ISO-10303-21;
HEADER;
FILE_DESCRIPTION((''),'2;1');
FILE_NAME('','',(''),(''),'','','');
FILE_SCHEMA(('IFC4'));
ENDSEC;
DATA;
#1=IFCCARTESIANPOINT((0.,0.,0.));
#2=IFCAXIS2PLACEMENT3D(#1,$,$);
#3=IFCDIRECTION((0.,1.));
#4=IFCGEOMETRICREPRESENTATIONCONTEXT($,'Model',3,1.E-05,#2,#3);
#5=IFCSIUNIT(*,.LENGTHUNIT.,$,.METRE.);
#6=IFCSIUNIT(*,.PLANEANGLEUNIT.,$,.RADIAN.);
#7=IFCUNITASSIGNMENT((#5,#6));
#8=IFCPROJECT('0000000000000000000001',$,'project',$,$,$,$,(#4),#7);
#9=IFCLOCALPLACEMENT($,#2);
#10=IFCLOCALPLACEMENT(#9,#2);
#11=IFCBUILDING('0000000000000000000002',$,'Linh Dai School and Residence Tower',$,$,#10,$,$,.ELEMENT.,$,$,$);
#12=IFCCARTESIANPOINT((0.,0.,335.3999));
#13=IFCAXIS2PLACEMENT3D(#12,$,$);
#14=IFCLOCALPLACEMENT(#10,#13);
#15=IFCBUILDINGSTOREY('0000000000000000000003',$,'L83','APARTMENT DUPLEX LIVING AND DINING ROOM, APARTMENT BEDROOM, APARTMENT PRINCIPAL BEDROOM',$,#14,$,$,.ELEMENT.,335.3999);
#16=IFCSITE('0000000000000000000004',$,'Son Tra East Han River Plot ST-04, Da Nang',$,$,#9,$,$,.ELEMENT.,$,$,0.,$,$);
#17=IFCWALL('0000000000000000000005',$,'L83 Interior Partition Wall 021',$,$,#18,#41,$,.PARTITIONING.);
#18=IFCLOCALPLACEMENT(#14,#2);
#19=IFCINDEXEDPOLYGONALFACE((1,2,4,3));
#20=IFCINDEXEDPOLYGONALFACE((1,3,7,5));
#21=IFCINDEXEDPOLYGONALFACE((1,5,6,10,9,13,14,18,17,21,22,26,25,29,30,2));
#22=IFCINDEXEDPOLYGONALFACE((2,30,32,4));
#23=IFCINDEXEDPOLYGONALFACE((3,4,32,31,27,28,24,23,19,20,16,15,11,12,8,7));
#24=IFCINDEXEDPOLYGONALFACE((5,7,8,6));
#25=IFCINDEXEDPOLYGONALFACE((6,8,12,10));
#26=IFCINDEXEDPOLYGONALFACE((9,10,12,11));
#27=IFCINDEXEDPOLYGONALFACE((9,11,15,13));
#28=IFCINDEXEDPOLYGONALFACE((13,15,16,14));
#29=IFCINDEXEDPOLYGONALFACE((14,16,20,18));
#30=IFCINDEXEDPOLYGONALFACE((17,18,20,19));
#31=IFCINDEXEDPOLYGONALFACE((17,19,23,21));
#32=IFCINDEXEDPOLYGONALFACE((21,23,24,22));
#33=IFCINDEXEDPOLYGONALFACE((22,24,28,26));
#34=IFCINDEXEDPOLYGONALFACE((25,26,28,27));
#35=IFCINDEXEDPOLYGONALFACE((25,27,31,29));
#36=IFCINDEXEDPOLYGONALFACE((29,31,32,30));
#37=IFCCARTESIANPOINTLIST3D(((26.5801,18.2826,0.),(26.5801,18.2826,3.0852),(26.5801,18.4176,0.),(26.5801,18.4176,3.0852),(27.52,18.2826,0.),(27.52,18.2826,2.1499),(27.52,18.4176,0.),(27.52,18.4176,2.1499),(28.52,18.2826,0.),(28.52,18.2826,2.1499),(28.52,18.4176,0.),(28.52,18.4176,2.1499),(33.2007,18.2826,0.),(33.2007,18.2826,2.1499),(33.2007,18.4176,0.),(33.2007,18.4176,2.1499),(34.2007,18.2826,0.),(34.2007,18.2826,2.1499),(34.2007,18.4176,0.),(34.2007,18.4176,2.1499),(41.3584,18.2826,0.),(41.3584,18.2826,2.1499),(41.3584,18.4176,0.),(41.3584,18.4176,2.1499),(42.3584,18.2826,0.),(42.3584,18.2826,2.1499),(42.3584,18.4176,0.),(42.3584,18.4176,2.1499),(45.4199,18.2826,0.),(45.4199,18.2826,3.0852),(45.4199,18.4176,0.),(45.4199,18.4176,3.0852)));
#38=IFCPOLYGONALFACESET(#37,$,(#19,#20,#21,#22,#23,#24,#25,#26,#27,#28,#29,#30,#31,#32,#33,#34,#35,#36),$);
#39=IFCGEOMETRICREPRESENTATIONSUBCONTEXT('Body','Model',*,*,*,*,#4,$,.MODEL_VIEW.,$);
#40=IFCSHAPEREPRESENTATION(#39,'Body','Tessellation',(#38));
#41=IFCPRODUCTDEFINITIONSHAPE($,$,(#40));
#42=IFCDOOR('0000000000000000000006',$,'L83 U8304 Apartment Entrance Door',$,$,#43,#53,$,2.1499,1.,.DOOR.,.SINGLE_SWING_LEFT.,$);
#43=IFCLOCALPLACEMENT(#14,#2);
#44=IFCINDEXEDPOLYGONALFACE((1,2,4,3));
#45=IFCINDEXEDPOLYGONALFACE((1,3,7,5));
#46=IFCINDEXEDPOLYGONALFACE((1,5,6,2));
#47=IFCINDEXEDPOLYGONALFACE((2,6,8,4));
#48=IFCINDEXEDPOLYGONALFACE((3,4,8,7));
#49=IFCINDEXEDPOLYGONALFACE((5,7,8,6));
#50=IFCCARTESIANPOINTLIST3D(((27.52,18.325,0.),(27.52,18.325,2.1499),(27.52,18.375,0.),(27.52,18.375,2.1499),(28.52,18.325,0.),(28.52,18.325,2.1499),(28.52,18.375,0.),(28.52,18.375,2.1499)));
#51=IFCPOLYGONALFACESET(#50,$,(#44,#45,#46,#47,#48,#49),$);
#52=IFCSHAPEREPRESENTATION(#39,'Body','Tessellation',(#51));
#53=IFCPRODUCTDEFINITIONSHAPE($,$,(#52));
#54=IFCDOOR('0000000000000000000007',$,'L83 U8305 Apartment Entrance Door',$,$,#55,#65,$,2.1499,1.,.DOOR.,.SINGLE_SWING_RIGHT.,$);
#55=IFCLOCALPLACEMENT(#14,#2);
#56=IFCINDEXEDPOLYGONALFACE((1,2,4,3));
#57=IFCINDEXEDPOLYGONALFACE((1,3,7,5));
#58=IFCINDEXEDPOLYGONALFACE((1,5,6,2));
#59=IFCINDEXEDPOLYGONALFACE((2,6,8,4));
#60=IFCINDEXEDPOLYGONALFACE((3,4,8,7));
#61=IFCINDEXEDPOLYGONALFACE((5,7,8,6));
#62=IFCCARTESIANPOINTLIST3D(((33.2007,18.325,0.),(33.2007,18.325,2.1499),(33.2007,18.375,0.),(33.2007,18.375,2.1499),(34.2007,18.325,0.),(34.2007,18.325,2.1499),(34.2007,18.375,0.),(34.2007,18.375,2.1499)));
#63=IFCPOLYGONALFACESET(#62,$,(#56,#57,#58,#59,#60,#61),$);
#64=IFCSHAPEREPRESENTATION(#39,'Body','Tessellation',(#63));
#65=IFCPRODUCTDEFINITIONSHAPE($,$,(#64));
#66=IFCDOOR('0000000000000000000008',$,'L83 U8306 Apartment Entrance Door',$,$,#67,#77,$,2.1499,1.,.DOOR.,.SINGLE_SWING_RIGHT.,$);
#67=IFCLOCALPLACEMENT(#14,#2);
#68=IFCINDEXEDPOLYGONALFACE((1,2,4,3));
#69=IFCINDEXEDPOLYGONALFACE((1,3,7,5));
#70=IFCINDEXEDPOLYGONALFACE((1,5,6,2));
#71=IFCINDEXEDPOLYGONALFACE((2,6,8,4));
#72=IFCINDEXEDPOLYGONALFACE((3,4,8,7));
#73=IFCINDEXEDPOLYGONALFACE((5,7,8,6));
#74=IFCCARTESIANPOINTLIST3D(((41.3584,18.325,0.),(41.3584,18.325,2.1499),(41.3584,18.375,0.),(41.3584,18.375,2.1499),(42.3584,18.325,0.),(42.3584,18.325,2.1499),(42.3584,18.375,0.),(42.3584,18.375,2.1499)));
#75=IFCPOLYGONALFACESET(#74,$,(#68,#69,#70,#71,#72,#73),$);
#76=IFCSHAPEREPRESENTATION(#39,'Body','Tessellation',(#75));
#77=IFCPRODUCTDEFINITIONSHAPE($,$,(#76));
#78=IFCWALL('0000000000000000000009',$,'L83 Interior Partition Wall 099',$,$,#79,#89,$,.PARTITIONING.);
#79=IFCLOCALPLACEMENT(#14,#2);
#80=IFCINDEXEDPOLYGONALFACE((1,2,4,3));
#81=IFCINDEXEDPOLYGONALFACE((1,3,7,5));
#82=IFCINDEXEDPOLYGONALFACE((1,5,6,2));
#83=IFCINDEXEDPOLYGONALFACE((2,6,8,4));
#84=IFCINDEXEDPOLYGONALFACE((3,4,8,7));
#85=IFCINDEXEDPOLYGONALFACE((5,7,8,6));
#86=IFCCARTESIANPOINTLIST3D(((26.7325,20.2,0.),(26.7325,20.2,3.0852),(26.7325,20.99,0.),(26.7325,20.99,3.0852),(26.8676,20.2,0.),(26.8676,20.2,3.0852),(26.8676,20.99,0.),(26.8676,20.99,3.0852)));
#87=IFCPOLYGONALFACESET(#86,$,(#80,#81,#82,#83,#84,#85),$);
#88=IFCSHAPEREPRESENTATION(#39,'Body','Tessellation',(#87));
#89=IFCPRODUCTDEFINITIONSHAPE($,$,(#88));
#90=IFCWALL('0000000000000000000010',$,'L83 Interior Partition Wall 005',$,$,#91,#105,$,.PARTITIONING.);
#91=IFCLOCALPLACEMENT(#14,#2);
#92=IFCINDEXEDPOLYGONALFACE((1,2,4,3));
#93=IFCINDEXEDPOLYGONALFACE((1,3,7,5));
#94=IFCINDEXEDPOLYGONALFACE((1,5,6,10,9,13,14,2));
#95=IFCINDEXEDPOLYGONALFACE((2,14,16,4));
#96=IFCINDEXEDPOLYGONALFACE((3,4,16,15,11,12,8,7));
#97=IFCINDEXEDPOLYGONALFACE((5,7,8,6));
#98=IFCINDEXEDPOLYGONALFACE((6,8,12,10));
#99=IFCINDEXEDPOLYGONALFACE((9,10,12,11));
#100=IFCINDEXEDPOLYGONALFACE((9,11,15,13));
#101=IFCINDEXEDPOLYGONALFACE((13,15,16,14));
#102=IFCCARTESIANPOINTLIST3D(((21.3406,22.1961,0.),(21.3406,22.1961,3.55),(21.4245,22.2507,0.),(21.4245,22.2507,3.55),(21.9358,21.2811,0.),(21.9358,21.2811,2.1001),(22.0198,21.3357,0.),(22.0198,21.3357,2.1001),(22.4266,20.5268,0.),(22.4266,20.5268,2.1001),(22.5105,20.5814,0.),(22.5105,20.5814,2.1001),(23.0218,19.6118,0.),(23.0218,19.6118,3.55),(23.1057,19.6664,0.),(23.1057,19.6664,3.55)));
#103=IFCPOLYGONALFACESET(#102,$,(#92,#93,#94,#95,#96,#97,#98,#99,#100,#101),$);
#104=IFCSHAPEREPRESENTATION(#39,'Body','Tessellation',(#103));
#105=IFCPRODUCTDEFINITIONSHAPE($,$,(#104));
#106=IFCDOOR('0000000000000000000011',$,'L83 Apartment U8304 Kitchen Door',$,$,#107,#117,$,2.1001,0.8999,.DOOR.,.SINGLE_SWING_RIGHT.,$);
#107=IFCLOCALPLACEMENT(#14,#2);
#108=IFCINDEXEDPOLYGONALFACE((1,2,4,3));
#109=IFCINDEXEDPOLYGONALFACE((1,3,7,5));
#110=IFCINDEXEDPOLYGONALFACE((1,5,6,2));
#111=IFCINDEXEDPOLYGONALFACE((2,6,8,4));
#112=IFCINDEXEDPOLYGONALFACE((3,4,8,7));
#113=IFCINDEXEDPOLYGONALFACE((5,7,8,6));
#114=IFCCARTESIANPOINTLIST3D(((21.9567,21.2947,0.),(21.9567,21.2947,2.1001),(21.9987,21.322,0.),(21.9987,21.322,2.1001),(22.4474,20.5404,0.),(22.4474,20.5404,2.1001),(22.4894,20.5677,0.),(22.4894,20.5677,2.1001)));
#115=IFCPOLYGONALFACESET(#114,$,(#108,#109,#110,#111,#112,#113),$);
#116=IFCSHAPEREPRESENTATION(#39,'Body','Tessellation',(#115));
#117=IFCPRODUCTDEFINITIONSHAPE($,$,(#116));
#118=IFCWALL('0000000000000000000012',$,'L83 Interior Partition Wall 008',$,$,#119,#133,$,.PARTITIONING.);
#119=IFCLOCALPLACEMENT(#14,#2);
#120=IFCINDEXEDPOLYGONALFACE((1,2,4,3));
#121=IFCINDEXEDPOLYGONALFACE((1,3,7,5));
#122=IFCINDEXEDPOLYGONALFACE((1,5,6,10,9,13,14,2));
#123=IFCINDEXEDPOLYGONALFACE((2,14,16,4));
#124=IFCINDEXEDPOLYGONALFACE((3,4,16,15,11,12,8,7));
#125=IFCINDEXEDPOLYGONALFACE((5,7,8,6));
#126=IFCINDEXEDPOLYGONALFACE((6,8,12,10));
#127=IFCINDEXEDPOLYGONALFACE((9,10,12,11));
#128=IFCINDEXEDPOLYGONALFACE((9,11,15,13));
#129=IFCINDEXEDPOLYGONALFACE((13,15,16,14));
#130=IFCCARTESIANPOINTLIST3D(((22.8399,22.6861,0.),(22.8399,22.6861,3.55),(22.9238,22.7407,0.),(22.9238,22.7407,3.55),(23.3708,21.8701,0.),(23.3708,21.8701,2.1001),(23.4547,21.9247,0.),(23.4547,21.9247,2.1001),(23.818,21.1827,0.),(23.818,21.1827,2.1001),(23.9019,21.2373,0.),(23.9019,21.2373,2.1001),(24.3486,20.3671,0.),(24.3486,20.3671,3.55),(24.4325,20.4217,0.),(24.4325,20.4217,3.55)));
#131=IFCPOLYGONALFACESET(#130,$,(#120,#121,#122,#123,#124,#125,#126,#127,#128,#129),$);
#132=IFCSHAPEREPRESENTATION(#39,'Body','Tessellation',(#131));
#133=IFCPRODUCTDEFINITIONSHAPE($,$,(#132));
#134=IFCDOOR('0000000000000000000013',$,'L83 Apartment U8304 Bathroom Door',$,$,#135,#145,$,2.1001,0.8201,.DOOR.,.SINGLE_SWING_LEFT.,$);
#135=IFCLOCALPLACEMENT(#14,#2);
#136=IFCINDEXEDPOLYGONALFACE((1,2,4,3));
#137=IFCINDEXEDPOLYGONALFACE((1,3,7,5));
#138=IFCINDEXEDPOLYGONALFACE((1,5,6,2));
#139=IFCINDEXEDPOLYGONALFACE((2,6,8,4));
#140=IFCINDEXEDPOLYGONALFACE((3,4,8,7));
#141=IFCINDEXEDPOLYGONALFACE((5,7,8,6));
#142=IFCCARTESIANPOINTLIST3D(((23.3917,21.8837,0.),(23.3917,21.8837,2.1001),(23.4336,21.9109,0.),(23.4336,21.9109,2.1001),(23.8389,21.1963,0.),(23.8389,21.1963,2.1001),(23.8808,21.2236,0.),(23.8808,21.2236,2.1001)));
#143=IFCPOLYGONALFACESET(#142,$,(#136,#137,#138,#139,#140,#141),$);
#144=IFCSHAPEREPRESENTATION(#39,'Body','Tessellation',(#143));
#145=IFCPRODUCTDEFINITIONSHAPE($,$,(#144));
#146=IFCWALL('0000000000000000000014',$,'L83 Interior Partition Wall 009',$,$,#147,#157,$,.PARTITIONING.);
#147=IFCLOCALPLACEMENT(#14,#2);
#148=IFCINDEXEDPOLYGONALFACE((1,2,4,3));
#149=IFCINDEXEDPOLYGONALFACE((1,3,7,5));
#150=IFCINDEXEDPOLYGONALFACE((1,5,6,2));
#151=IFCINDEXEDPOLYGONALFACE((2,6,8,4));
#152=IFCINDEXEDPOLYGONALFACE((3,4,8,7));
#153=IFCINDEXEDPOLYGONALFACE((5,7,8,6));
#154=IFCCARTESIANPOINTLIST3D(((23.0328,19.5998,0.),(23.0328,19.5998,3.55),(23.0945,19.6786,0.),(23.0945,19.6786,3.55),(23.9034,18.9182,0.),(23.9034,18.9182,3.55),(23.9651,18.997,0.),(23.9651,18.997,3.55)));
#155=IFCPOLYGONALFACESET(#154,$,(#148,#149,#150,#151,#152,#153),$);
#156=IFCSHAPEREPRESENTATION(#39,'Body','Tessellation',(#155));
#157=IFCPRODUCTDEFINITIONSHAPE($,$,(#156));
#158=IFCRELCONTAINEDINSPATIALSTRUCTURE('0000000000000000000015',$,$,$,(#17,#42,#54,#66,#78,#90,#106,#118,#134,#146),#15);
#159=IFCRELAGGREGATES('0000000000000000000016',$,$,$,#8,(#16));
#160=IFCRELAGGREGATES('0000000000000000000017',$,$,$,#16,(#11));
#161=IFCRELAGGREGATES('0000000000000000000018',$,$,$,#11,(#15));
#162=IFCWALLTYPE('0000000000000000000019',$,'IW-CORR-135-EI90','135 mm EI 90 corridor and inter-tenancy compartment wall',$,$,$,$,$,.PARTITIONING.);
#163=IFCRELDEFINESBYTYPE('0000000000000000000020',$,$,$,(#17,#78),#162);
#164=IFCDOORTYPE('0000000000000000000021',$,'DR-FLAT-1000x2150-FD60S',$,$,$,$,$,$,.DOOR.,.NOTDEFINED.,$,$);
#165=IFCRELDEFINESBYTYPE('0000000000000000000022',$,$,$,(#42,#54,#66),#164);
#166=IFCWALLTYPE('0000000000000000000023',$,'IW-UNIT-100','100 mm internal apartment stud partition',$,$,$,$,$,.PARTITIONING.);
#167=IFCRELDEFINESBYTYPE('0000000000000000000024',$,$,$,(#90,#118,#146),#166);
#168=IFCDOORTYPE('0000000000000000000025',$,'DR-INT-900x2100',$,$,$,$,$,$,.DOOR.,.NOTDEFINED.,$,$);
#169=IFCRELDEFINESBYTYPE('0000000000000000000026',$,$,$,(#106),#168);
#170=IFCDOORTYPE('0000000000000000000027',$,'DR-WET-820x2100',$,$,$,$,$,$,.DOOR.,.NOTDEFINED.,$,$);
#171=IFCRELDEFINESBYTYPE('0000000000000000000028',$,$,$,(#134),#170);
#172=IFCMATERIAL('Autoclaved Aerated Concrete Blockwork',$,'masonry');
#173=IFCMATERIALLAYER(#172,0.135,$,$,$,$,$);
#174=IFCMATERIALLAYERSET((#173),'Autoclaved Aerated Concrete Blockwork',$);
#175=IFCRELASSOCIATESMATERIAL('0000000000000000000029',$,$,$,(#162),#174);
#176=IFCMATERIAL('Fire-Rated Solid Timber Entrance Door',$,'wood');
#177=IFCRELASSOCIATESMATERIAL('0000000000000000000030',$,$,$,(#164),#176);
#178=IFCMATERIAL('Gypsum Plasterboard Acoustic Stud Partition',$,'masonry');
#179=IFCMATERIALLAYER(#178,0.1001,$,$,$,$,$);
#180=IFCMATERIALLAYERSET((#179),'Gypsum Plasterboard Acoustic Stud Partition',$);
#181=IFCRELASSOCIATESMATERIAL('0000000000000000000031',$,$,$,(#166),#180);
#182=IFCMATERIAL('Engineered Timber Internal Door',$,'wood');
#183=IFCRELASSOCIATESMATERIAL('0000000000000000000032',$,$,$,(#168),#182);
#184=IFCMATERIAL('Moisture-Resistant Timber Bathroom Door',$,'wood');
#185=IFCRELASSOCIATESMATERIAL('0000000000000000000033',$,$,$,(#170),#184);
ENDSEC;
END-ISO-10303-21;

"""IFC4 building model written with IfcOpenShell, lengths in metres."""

from ifc_helpers import new_model, si_unit, direction, frame, frame_2d, origin, origin_2d, place, context, subcontext, project, spatial, rectangle, extrude, source, transform, mapped, material, layer, layer_set, type_object, element, fill, save


model = new_model("IFC4")

# Units and contexts
model_context = context("Model", 3, precision=1e-05, world=origin(), true_north=direction((0.0, 1.0)))
body_context = subcontext(model_context, "Body", "Model", "MODEL_VIEW")
ifc_project = project(units=[si_unit("LENGTHUNIT", "METRE"), si_unit("PLANEANGLEUNIT", "RADIAN")], contexts=[model_context])

# Site, building, storey
site_placement = place(None, origin())
site = spatial("IfcSite", under=ifc_project, at=site_placement, Name="Son Tra East Han River Plot ST-04, Da Nang", CompositionType="ELEMENT", RefElevation=0.0)
building_placement = place(site_placement, origin())
building = spatial("IfcBuilding", under=site, at=building_placement, Name="Linh Dai School and Residence Tower", CompositionType="ELEMENT")
storey_placement = place(building_placement, frame((0.0, 0.0, 335.3999)))
storey = spatial("IfcBuildingStorey", under=building, at=storey_placement, Name="L83", Description="APARTMENT DUPLEX LIVING AND DINING ROOM, APARTMENT BEDROOM, APARTMENT PRINCIPAL BEDROOM", CompositionType="ELEMENT", Elevation=335.3999)

# Shared definitions
ifc_material_1 = material(Name="Autoclaved Aerated Concrete Blockwork", Category="masonry")
ifc_layer_1 = layer(ifc_material_1, 0.135)
ifc_layer_set_1 = layer_set([ifc_layer_1], Name="Autoclaved Aerated Concrete Blockwork")
wall_type_1 = type_object("IfcWallType", Name="IW-CORR-135-EI90", Description="135 mm EI 90 corridor and inter-tenancy compartment wall", PredefinedType="PARTITIONING", material=ifc_layer_set_1)

# Wall, openings, doors
wall_1_placement = place(storey_placement, frame((26.5801, 18.3501, 0.0), z_axis=(0.0, 0.0, 1.0), x_axis=(1.0, 0.0, 0.0)))
wall_1 = element("IfcWall", 1, at=wall_1_placement, inside=storey, type_object=wall_type_1, Name="L83 Interior Partition Wall 021", PredefinedType="PARTITIONING", context=body_context, shape_type="SweptSolid", body=[
    extrude(rectangle(XDim=18.8398, YDim=0.135, at=frame_2d((9.4199, 0.0))), origin(), (0.0, 0.0, 1.0), 3.0852),
])
opening_1_placement = place(wall_1_placement, frame((0.9399, 0.0, 0.0)))
opening_1 = element("IfcOpeningElement", 2, at=opening_1_placement, cuts=wall_1, PredefinedType="OPENING", context=body_context, shape_type="SweptSolid", body=[
    extrude(rectangle(XDim=1.0, YDim=2.1499, at=origin_2d()), frame((0.5, 0.0776, 1.075), z_axis=(0.0, -1.0, 0.0), x_axis=(1.0, 0.0, 0.0)), (0.0, 0.0, 1.0), 0.155),
])
opening_2_placement = place(wall_1_placement, frame((6.6206, 0.0, 0.0)))
opening_2 = element("IfcOpeningElement", 3, at=opening_2_placement, cuts=wall_1, PredefinedType="OPENING", context=body_context, shape_type="SweptSolid", body=[
    extrude(rectangle(XDim=1.0, YDim=2.1499, at=origin_2d()), frame((0.5, 0.0776, 1.075), z_axis=(0.0, -1.0, 0.0), x_axis=(1.0, 0.0, 0.0)), (0.0, 0.0, 1.0), 0.155),
])
opening_3_placement = place(wall_1_placement, frame((14.7783, 0.0, 0.0)))
opening_3 = element("IfcOpeningElement", 4, at=opening_3_placement, cuts=wall_1, PredefinedType="OPENING", context=body_context, shape_type="SweptSolid", body=[
    extrude(rectangle(XDim=1.0, YDim=2.1499, at=origin_2d()), frame((0.5, 0.0776, 1.075), z_axis=(0.0, -1.0, 0.0), x_axis=(1.0, 0.0, 0.0)), (0.0, 0.0, 1.0), 0.155),
])
ifc_material_2 = material(Name="Fire-Rated Solid Timber Entrance Door", Category="wood")
door_type_1 = type_object("IfcDoorType", Name="DR-FLAT-1000x2150-FD60S", OperationType="NOTDEFINED", PredefinedType="DOOR", material=ifc_material_2)
shared_shape_1 = source(origin(), body_context, "Body", "SweptSolid", [
    extrude(rectangle(XDim=1.0, YDim=2.1499, at=origin_2d()), frame((0.5, 0.0249, 1.075), z_axis=(0.0, -1.0, 0.0), x_axis=(1.0, 0.0, 0.0)), (0.0, 0.0, 1.0), 0.05),
])
door_1_placement = place(opening_1_placement, origin())
door_1 = element("IfcDoor", 5, at=door_1_placement, inside=storey, type_object=door_type_1, Name="L83 U8304 Apartment Entrance Door", OperationType="SINGLE_SWING_LEFT", OverallHeight=2.1499, OverallWidth=1.0, PredefinedType="DOOR", context=body_context, shape_type="MappedRepresentation", body=[
    mapped(shared_shape_1, transform((0.0, 0.0, 0.0), x_axis=(1.0, 0.0, 0.0), y_axis=(0.0, 1.0, 0.0), z_axis=(0.0, 0.0, 1.0), scale=1.0)),
])
fill(opening_1, door_1)
door_2_placement = place(opening_2_placement, origin())
door_2 = element("IfcDoor", 6, at=door_2_placement, inside=storey, type_object=door_type_1, Name="L83 U8305 Apartment Entrance Door", OperationType="SINGLE_SWING_RIGHT", OverallHeight=2.1499, OverallWidth=1.0, PredefinedType="DOOR", context=body_context, shape_type="MappedRepresentation", body=[
    mapped(shared_shape_1, transform((0.0, 0.0, 0.0), x_axis=(1.0, 0.0, 0.0), y_axis=(0.0, 1.0, 0.0), z_axis=(0.0, 0.0, 1.0), scale=1.0)),
])
fill(opening_2, door_2)
door_3_placement = place(opening_3_placement, origin())
door_3 = element("IfcDoor", 7, at=door_3_placement, inside=storey, type_object=door_type_1, Name="L83 U8306 Apartment Entrance Door", OperationType="SINGLE_SWING_RIGHT", OverallHeight=2.1499, OverallWidth=1.0, PredefinedType="DOOR", context=body_context, shape_type="MappedRepresentation", body=[
    mapped(shared_shape_1, transform((0.0, 0.0, 0.0), x_axis=(1.0, 0.0, 0.0), y_axis=(0.0, 1.0, 0.0), z_axis=(0.0, 0.0, 1.0), scale=1.0)),
])
fill(opening_3, door_3)

# Wall
wall_2_placement = place(storey_placement, frame((26.8, 20.99, 0.0), z_axis=(0.0, 0.0, 1.0), x_axis=(0.0, -1.0, 0.0)))
element("IfcWall", 8, at=wall_2_placement, inside=storey, type_object=wall_type_1, Name="L83 Interior Partition Wall 099", PredefinedType="PARTITIONING", context=body_context, shape_type="SweptSolid", body=[
    extrude(rectangle(XDim=0.79, YDim=0.135, at=frame_2d((0.395, 0.0))), origin(), (0.0, 0.0, 1.0), 3.0852),
])

# Walls, openings, doors
ifc_material_3 = material(Name="Gypsum Plasterboard Acoustic Stud Partition", Category="masonry")
ifc_layer_2 = layer(ifc_material_3, 0.1001)
ifc_layer_set_2 = layer_set([ifc_layer_2], Name="Gypsum Plasterboard Acoustic Stud Partition")
wall_type_2 = type_object("IfcWallType", Name="IW-UNIT-100", Description="100 mm internal apartment stud partition", PredefinedType="PARTITIONING", material=ifc_layer_set_2)
wall_3_placement = place(storey_placement, frame((21.3826, 22.2234, 0.0), z_axis=(0.0, 0.0, 1.0), x_axis=(0.545308, -0.838235, 0.0)))
wall_3 = element("IfcWall", 9, at=wall_3_placement, inside=storey, type_object=wall_type_2, Name="L83 Interior Partition Wall 005", PredefinedType="PARTITIONING", context=body_context, shape_type="SweptSolid", body=[
    extrude(rectangle(XDim=3.083, YDim=0.1001, at=frame_2d((1.5415, 0.0))), origin(), (0.0, 0.0, 1.0), 3.55),
])
opening_4_placement = place(wall_3_placement, frame((1.0916, 0.0, 0.0)))
opening_4 = element("IfcOpeningElement", 10, at=opening_4_placement, cuts=wall_3, PredefinedType="OPENING", context=body_context, shape_type="SweptSolid", body=[
    extrude(rectangle(XDim=0.8999, YDim=2.1001, at=origin_2d()), frame((0.45, 0.0601, 1.05), z_axis=(0.0, -1.0, 0.0), x_axis=(1.0, 0.0, 0.0)), (0.0, 0.0, 1.0), 0.1201),
])
ifc_material_4 = material(Name="Engineered Timber Internal Door", Category="wood")
door_type_2 = type_object("IfcDoorType", Name="DR-INT-900x2100", OperationType="NOTDEFINED", PredefinedType="DOOR", material=ifc_material_4)
shared_shape_2 = source(origin(), body_context, "Body", "SweptSolid", [
    extrude(rectangle(XDim=0.8999, YDim=2.1001, at=origin_2d()), frame((0.45, 0.0249, 1.05), z_axis=(0.0, -1.0, 0.0), x_axis=(1.0, 0.0, 0.0)), (0.0, 0.0, 1.0), 0.05),
])
door_4_placement = place(opening_4_placement, origin())
door_4 = element("IfcDoor", 11, at=door_4_placement, inside=storey, type_object=door_type_2, Name="L83 Apartment U8304 Kitchen Door", OperationType="SINGLE_SWING_RIGHT", OverallHeight=2.1001, OverallWidth=0.8999, PredefinedType="DOOR", context=body_context, shape_type="MappedRepresentation", body=[
    mapped(shared_shape_2, transform((0.0, 0.0, 0.0), x_axis=(1.0, 0.0, 0.0), y_axis=(0.0, 1.0, 0.0), z_axis=(0.0, 0.0, 1.0), scale=1.0)),
])
fill(opening_4, door_4)
wall_4_placement = place(storey_placement, frame((22.8818, 22.7134, 0.0), z_axis=(0.0, 0.0, 1.0), x_axis=(0.545339, -0.838216, 0.0)))
wall_4 = element("IfcWall", 12, at=wall_4_placement, inside=storey, type_object=wall_type_2, Name="L83 Interior Partition Wall 008", PredefinedType="PARTITIONING", context=body_context, shape_type="SweptSolid", body=[
    extrude(rectangle(XDim=2.7666, YDim=0.1001, at=frame_2d((1.3833, 0.0))), origin(), (0.0, 0.0, 1.0), 3.55),
])
opening_5_placement = place(wall_4_placement, frame((0.9734, 0.0, 0.0)))
opening_5 = element("IfcOpeningElement", 13, at=opening_5_placement, cuts=wall_4, PredefinedType="OPENING", context=body_context, shape_type="SweptSolid", body=[
    extrude(rectangle(XDim=0.8201, YDim=2.1001, at=origin_2d()), frame((0.4102, 0.0601, 1.05), z_axis=(0.0, -1.0, 0.0), x_axis=(1.0, 0.0, 0.0)), (0.0, 0.0, 1.0), 0.1201),
])
ifc_material_5 = material(Name="Moisture-Resistant Timber Bathroom Door", Category="wood")
door_type_3 = type_object("IfcDoorType", Name="DR-WET-820x2100", OperationType="NOTDEFINED", PredefinedType="DOOR", material=ifc_material_5)
shared_shape_3 = source(origin(), body_context, "Body", "SweptSolid", [
    extrude(rectangle(XDim=0.8201, YDim=2.1001, at=origin_2d()), frame((0.4102, 0.0249, 1.05), z_axis=(0.0, -1.0, 0.0), x_axis=(1.0, 0.0, 0.0)), (0.0, 0.0, 1.0), 0.05),
])
door_5_placement = place(opening_5_placement, origin())
door_5 = element("IfcDoor", 14, at=door_5_placement, inside=storey, type_object=door_type_3, Name="L83 Apartment U8304 Bathroom Door", OperationType="SINGLE_SWING_LEFT", OverallHeight=2.1001, OverallWidth=0.8201, PredefinedType="DOOR", context=body_context, shape_type="MappedRepresentation", body=[
    mapped(shared_shape_3, transform((0.0, 0.0, 0.0), x_axis=(1.0, 0.0, 0.0), y_axis=(0.0, 1.0, 0.0), z_axis=(0.0, 0.0, 1.0), scale=1.0)),
])
fill(opening_5, door_5)

# Wall
wall_5_placement = place(storey_placement, frame((23.0637, 19.6392, 0.0), z_axis=(0.0, 0.0, 1.0), x_axis=(0.787375, -0.616475, 0.0)))
element("IfcWall", 15, at=wall_5_placement, inside=storey, type_object=wall_type_2, Name="L83 Interior Partition Wall 009", PredefinedType="PARTITIONING", context=body_context, shape_type="SweptSolid", body=[
    extrude(rectangle(XDim=1.1057, YDim=0.1001, at=frame_2d((0.5527, 0.0))), origin(), (0.0, 0.0, 1.0), 3.55),
])

save(model, "model.ifc")
